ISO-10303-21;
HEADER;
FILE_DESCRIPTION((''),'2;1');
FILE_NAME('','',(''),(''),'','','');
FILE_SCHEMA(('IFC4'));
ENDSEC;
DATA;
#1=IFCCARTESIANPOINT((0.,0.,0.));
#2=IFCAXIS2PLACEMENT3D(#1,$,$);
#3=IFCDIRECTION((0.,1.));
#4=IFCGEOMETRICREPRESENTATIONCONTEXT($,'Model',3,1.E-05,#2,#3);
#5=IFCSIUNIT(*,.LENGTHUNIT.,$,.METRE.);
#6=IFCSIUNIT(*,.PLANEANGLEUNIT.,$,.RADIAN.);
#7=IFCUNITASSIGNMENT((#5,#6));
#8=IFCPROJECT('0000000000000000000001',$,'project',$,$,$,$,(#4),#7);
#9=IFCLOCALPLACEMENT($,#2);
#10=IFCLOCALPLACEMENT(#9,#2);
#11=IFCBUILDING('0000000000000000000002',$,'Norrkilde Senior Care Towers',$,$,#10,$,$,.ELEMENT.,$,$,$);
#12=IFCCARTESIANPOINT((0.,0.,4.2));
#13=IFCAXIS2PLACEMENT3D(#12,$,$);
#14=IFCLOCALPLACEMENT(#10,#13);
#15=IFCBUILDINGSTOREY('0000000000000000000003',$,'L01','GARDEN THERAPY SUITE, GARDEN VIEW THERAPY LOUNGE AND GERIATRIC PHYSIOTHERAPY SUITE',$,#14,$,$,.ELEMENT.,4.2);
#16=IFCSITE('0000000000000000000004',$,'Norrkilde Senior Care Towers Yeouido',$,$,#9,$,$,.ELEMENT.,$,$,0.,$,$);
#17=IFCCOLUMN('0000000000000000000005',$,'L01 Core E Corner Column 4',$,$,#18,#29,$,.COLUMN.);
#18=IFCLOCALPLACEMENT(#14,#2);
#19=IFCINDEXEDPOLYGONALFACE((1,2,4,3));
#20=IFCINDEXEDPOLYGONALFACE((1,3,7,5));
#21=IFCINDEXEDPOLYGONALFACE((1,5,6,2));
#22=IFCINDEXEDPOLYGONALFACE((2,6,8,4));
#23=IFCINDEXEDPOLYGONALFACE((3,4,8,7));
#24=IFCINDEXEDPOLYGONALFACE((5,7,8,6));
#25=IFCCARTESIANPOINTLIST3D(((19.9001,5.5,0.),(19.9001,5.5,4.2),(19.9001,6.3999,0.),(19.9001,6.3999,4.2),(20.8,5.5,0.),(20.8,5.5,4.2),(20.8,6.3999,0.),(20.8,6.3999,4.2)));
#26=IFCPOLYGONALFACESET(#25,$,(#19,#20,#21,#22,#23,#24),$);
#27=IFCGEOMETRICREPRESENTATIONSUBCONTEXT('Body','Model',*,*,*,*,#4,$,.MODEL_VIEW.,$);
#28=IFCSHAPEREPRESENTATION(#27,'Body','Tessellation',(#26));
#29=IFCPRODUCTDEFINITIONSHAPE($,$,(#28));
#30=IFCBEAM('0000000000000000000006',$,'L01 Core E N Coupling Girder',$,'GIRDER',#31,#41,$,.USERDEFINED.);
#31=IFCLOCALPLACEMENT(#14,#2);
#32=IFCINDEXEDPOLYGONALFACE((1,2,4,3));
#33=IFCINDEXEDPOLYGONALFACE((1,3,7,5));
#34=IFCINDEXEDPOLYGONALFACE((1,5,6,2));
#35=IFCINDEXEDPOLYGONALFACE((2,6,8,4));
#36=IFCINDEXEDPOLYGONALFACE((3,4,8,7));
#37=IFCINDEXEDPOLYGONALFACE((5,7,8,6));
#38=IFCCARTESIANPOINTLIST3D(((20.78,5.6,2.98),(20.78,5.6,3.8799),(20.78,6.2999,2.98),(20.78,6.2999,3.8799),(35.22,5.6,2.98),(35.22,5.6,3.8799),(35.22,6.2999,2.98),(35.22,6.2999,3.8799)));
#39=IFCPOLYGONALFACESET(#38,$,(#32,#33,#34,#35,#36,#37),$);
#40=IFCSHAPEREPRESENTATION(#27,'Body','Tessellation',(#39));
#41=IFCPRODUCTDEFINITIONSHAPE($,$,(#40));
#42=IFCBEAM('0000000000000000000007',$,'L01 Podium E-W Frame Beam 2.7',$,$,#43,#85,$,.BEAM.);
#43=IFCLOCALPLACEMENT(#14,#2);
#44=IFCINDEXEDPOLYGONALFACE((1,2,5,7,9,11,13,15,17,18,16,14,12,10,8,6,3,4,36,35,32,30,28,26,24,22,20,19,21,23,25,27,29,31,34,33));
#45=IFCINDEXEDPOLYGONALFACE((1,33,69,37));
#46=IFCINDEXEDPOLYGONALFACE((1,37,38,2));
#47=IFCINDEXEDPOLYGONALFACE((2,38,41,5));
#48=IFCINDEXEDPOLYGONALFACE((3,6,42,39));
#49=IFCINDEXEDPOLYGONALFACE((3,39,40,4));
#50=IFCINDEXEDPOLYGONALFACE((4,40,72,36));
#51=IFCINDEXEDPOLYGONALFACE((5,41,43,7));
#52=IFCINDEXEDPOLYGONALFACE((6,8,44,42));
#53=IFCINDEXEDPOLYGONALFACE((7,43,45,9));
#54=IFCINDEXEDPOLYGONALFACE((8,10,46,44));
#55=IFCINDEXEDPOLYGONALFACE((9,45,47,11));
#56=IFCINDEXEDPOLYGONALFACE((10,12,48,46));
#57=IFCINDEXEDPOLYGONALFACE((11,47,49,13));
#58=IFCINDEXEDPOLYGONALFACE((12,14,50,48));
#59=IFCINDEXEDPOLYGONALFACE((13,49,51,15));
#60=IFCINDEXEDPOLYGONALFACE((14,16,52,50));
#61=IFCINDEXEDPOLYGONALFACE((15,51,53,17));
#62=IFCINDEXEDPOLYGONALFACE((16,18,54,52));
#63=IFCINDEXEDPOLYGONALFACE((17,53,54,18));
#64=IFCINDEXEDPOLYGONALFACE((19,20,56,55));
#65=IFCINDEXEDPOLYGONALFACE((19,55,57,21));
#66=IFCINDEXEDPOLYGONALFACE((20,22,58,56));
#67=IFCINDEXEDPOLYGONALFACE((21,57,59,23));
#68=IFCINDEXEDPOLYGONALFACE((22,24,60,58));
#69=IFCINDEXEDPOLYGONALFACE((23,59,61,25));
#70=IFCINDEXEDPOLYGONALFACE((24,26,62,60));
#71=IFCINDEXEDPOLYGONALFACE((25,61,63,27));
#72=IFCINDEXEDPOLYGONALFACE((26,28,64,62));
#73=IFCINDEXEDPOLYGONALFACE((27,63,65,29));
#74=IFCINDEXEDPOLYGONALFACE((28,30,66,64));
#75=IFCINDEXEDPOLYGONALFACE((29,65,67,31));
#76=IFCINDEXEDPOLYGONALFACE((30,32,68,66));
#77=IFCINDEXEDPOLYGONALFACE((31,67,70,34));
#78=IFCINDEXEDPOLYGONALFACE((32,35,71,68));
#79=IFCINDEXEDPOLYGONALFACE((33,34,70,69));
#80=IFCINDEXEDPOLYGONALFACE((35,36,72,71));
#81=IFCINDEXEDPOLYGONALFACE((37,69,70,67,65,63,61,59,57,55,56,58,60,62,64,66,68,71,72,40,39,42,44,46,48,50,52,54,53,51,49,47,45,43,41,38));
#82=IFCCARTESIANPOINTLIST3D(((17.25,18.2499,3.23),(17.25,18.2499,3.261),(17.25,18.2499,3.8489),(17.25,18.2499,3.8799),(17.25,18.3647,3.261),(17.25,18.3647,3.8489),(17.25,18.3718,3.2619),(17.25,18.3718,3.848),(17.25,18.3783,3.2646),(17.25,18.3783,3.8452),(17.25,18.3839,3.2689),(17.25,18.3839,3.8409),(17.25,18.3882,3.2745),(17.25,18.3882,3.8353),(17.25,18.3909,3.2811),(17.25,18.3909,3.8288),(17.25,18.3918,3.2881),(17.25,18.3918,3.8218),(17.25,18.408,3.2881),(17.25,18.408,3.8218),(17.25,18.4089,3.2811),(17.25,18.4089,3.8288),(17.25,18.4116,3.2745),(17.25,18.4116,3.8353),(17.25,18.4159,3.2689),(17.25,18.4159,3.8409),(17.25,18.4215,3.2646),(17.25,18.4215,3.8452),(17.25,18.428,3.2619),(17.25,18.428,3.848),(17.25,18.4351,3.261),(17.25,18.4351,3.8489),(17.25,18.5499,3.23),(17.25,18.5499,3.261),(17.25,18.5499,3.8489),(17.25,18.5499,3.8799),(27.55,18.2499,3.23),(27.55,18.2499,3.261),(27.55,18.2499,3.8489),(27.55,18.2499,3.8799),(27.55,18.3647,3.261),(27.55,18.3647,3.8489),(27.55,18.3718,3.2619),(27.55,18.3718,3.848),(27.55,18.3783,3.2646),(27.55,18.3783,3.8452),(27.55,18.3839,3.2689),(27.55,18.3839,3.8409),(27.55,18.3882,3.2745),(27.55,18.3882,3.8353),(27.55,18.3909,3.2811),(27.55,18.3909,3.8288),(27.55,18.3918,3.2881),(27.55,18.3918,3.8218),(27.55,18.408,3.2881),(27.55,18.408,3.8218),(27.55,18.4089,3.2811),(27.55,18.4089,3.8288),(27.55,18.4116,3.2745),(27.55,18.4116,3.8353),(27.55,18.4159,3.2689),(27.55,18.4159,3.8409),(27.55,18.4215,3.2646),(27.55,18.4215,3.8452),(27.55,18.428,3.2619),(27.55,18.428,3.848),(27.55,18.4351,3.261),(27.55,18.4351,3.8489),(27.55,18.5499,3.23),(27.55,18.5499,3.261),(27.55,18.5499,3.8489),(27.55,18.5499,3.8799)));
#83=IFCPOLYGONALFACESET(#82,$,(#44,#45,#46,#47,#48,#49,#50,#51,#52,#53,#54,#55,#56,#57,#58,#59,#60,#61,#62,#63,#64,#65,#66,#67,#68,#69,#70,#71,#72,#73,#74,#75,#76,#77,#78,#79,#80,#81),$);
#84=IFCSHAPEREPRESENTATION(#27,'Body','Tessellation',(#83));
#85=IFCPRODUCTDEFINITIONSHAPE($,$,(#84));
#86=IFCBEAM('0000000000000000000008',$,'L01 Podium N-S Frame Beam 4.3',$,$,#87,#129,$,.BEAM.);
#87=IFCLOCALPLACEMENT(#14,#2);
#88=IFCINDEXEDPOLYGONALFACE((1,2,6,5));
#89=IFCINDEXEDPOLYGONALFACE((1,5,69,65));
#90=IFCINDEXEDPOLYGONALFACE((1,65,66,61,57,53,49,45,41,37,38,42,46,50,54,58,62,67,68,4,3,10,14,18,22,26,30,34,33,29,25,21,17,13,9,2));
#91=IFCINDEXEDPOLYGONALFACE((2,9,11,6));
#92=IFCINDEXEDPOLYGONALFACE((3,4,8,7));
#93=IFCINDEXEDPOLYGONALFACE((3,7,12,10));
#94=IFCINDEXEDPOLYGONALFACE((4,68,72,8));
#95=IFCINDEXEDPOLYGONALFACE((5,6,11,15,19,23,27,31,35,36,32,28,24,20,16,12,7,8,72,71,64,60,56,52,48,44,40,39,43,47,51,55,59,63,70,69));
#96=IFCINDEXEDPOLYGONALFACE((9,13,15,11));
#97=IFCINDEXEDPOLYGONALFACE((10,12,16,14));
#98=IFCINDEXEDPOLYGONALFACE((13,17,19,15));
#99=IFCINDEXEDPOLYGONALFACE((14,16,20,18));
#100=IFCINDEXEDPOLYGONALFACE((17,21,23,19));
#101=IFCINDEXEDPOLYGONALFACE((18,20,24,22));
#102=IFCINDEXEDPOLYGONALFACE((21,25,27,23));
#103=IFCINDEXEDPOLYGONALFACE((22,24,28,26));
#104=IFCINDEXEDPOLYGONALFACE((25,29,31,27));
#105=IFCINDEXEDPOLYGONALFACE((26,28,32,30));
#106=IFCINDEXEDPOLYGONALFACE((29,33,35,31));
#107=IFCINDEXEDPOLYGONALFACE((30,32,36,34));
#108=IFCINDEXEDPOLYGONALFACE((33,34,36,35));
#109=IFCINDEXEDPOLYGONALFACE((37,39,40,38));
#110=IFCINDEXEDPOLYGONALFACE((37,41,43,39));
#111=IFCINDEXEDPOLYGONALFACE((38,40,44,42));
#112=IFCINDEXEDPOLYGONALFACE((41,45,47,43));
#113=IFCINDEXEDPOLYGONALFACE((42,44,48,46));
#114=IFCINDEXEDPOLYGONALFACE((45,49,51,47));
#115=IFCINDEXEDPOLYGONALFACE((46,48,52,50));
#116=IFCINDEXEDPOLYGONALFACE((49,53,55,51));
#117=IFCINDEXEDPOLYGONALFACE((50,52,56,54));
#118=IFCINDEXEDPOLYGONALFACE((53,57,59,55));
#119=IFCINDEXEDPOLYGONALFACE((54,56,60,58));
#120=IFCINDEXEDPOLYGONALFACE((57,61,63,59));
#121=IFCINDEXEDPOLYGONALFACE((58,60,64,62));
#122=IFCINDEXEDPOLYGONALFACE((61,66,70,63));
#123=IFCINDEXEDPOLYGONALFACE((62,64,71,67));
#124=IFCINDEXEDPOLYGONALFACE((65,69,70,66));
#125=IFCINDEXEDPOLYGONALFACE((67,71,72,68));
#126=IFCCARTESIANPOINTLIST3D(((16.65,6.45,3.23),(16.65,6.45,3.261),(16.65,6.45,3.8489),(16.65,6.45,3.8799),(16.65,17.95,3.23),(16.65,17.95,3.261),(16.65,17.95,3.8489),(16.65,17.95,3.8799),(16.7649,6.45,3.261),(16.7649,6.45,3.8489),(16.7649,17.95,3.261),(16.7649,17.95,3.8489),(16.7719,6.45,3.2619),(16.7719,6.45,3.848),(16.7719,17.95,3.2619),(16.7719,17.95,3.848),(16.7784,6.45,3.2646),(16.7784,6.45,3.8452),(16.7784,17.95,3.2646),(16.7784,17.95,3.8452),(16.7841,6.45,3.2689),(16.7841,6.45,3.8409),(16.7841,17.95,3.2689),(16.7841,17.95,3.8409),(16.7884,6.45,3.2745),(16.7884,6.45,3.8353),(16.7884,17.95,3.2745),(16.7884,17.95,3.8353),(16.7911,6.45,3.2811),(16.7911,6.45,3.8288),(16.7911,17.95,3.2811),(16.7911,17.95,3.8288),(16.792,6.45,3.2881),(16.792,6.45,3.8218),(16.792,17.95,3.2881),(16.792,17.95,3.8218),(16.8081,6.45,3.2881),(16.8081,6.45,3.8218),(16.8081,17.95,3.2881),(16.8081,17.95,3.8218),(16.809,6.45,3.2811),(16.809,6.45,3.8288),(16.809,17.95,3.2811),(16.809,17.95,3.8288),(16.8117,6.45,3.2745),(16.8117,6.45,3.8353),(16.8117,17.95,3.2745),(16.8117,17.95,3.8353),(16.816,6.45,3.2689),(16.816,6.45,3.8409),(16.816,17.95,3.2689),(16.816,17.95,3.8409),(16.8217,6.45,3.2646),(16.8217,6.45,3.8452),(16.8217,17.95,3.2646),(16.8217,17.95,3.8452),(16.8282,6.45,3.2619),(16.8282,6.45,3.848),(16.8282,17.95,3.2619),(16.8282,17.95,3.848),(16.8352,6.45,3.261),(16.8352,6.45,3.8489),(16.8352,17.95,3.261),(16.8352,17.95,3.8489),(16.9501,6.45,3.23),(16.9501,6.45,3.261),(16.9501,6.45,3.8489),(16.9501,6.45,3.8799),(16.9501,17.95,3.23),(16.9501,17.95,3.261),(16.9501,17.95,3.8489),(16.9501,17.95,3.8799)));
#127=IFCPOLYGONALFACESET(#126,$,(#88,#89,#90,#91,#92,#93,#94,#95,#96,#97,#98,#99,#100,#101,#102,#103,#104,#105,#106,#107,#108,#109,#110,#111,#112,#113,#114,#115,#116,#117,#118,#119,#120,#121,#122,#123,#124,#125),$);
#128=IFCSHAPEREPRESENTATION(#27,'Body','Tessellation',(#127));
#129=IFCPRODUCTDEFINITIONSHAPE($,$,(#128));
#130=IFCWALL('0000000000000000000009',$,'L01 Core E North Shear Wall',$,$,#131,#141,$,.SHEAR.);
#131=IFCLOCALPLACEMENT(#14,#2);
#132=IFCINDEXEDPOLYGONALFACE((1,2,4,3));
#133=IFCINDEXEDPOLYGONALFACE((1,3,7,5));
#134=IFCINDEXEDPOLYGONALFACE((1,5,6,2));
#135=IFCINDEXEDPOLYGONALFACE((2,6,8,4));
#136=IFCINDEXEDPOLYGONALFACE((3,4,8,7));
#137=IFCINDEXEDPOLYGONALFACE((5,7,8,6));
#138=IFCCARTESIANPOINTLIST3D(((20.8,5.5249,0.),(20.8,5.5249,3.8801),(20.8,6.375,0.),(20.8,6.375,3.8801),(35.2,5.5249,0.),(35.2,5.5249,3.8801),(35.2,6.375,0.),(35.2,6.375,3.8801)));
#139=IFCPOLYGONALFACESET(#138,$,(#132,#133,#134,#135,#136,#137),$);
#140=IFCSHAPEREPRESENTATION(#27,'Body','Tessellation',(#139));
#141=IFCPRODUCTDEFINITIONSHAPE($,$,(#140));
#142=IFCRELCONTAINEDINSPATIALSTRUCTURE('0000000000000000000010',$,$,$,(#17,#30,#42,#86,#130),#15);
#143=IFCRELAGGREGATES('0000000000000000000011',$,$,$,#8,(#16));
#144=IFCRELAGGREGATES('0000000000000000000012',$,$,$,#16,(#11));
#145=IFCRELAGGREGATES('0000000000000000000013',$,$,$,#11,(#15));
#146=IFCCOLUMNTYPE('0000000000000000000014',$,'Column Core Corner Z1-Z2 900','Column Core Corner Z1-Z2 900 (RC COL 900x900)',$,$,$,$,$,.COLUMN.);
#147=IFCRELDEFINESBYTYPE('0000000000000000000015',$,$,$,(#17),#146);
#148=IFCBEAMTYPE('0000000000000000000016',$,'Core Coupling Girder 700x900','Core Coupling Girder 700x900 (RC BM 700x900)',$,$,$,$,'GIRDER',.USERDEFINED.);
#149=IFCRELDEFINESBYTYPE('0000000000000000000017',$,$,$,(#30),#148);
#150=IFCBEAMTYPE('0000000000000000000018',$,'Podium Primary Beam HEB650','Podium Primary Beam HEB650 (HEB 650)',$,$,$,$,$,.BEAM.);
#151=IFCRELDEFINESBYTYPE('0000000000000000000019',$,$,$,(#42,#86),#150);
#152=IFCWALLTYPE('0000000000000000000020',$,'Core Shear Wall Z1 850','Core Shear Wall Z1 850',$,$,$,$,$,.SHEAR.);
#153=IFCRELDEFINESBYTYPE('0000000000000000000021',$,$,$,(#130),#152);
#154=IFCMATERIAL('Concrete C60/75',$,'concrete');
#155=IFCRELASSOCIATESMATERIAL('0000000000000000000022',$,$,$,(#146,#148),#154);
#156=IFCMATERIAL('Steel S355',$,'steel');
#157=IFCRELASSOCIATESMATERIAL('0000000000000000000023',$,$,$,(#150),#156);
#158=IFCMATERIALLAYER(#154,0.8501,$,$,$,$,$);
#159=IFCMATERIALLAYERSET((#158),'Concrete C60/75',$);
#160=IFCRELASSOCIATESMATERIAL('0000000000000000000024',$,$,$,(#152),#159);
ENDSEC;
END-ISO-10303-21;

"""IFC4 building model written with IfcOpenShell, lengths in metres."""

from ifc_helpers import new_model, si_unit, direction, frame, frame_2d, origin, origin_2d, place, context, subcontext, project, spatial, rectangle, i_section, extrude, source, transform, mapped, material, layer, layer_set, material_profile, profile_set, type_object, type_shapes, element, save


model = new_model("IFC4")

# Units and contexts
model_context = context("Model", 3, precision=1e-05, world=origin(), true_north=direction((0.0, 1.0)))
body_context = subcontext(model_context, "Body", "Model", "MODEL_VIEW")
ifc_project = project(units=[si_unit("LENGTHUNIT", "METRE"), si_unit("PLANEANGLEUNIT", "RADIAN")], contexts=[model_context])

# Site, building, storey
site_placement = place(None, origin())
site = spatial("IfcSite", under=ifc_project, at=site_placement, Name="Norrkilde Senior Care Towers Yeouido", CompositionType="ELEMENT", RefElevation=0.0)
building_placement = place(site_placement, origin())
building = spatial("IfcBuilding", under=site, at=building_placement, Name="Norrkilde Senior Care Towers", CompositionType="ELEMENT")
storey_placement = place(building_placement, frame((0.0, 0.0, 4.2)))
storey = spatial("IfcBuildingStorey", under=building, at=storey_placement, Name="L01", Description="GARDEN THERAPY SUITE, GARDEN VIEW THERAPY LOUNGE AND GERIATRIC PHYSIOTHERAPY SUITE", CompositionType="ELEMENT", Elevation=4.2)

# Column
ifc_material_1 = material(Name="Concrete C60/75", Category="concrete")
ifc_material_profile_1 = material_profile(ifc_material_1, rectangle(XDim=0.8999, YDim=0.8999, at=origin_2d()), Name="RC COL 900x900")
ifc_profile_set_1 = profile_set([ifc_material_profile_1], Name="Concrete C60/75")
column_type = type_object("IfcColumnType", Name="Column Core Corner Z1-Z2 900", Description="Column Core Corner Z1-Z2 900 (RC COL 900x900)", PredefinedType="COLUMN", material=ifc_profile_set_1)
shared_shape_1 = source(origin(), body_context, "Body", "SweptSolid", [
    extrude(rectangle(XDim=0.8999, YDim=0.8999, at=origin_2d()), origin(), (0.0, 0.0, 1.0), 4.2),
])
type_shapes(column_type, [shared_shape_1])
column_placement = place(storey_placement, frame((20.3501, 5.95, 0.0), z_axis=(0.0, 0.0, 1.0), x_axis=(1.0, 0.0, 0.0)))
element("IfcColumn", 1, at=column_placement, inside=storey, type_object=column_type, Name="L01 Core E Corner Column 4", PredefinedType="COLUMN", context=body_context, shape_type="MappedRepresentation", body=[
    mapped(shared_shape_1, transform((0.0, 0.0, 0.0), x_axis=(1.0, 0.0, 0.0), y_axis=(0.0, 1.0, 0.0), z_axis=(0.0, 0.0, 1.0), scale=1.0)),
])

# Beams
ifc_material_profile_2 = material_profile(ifc_material_1, rectangle(XDim=0.7, YDim=0.8999, at=origin_2d()), Name="RC BM 700x900")
ifc_profile_set_2 = profile_set([ifc_material_profile_2], Name="Concrete C60/75")
beam_type_1 = type_object("IfcBeamType", Name="Core Coupling Girder 700x900", Description="Core Coupling Girder 700x900 (RC BM 700x900)", ElementType="GIRDER", PredefinedType="USERDEFINED", material=ifc_profile_set_2)
shared_shape_2 = source(origin(), body_context, "Body", "SweptSolid", [
    extrude(rectangle(XDim=0.7, YDim=0.8999, at=origin_2d()), origin(), (0.0, 0.0, 1.0), 14.4399),
])
type_shapes(beam_type_1, [shared_shape_2])
beam_1_placement = place(storey_placement, frame((20.78, 5.95, 3.4299), z_axis=(1.0, 0.0, 0.0), x_axis=(0.0, 1.0, 0.0)))
element("IfcBeam", 2, at=beam_1_placement, inside=storey, type_object=beam_type_1, Name="L01 Core E N Coupling Girder", ObjectType="GIRDER", PredefinedType="USERDEFINED", context=body_context, shape_type="MappedRepresentation", body=[
    mapped(shared_shape_2, transform((0.0, 0.0, 0.0), x_axis=(1.0, 0.0, 0.0), y_axis=(0.0, 1.0, 0.0), z_axis=(0.0, 0.0, 1.0), scale=1.0)),
])
ifc_material_2 = material(Name="Steel S355", Category="steel")
ifc_material_profile_3 = material_profile(ifc_material_2, i_section(OverallWidth=0.3, OverallDepth=0.6499, WebThickness=0.0161, FlangeThickness=0.031, FilletRadius=0.0271, at=origin_2d()), Name="HEB 650")
ifc_profile_set_3 = profile_set([ifc_material_profile_3], Name="Steel S355")
beam_type_2 = type_object("IfcBeamType", Name="Podium Primary Beam HEB650", Description="Podium Primary Beam HEB650 (HEB 650)", PredefinedType="BEAM", material=ifc_profile_set_3)
shared_shape_3 = source(origin(), body_context, "Body", "SweptSolid", [
    extrude(i_section(OverallWidth=0.3, OverallDepth=0.6499, WebThickness=0.0161, FlangeThickness=0.031, FilletRadius=0.0271, at=origin_2d()), origin(), (0.0, 0.0, 1.0), 10.3),
])
beam_2_placement = place(storey_placement, frame((17.25, 18.3999, 3.5549), z_axis=(1.0, 0.0, 0.0), x_axis=(0.0, 1.0, 0.0)))
element("IfcBeam", 3, at=beam_2_placement, inside=storey, type_object=beam_type_2, Name="L01 Podium E-W Frame Beam 2.7", PredefinedType="BEAM", context=body_context, shape_type="MappedRepresentation", body=[
    mapped(shared_shape_3, transform((0.0, 0.0, 0.0), x_axis=(1.0, 0.0, 0.0), y_axis=(0.0, 1.0, 0.0), z_axis=(0.0, 0.0, 1.0), scale=1.0)),
])
shared_shape_4 = source(origin(), body_context, "Body", "SweptSolid", [
    extrude(i_section(OverallWidth=0.3, OverallDepth=0.6499, WebThickness=0.0161, FlangeThickness=0.031, FilletRadius=0.0271, at=origin_2d()), origin(), (0.0, 0.0, 1.0), 11.5),
])
type_shapes(beam_type_2, [shared_shape_3, shared_shape_4])
beam_3_placement = place(storey_placement, frame((16.8, 6.45, 3.5549), z_axis=(0.0, 1.0, 0.0), x_axis=(-1.0, 0.0, 0.0)))
element("IfcBeam", 4, at=beam_3_placement, inside=storey, type_object=beam_type_2, Name="L01 Podium N-S Frame Beam 4.3", PredefinedType="BEAM", context=body_context, shape_type="MappedRepresentation", body=[
    mapped(shared_shape_4, transform((0.0, 0.0, 0.0), x_axis=(1.0, 0.0, 0.0), y_axis=(0.0, 1.0, 0.0), z_axis=(0.0, 0.0, 1.0), scale=1.0)),
])

# Wall
ifc_layer_1 = layer(ifc_material_1, 0.8501)
ifc_layer_set_1 = layer_set([ifc_layer_1], Name="Concrete C60/75")
wall_type_1 = type_object("IfcWallType", Name="Core Shear Wall Z1 850", Description="Core Shear Wall Z1 850", PredefinedType="SHEAR", material=ifc_layer_set_1)
shared_shape_5 = source(origin(), body_context, "Body", "SweptSolid", [
    extrude(rectangle(XDim=14.3999, YDim=0.8501, at=frame_2d((7.2, 0.0))), origin(), (0.0, 0.0, 1.0), 3.8801),
])
type_shapes(wall_type_1, [shared_shape_5])
wall_1_placement = place(storey_placement, frame((20.8, 5.95, 0.0), z_axis=(0.0, 0.0, 1.0), x_axis=(1.0, 0.0, 0.0)))
element("IfcWall", 5, at=wall_1_placement, inside=storey, type_object=wall_type_1, Name="L01 Core E North Shear Wall", PredefinedType="SHEAR", context=body_context, shape_type="MappedRepresentation", body=[
    mapped(shared_shape_5, transform((0.0, 0.0, 0.0), x_axis=(1.0, 0.0, 0.0), y_axis=(0.0, 1.0, 0.0), z_axis=(0.0, 0.0, 1.0), scale=1.0)),
])

save(model, "model.ifc")
